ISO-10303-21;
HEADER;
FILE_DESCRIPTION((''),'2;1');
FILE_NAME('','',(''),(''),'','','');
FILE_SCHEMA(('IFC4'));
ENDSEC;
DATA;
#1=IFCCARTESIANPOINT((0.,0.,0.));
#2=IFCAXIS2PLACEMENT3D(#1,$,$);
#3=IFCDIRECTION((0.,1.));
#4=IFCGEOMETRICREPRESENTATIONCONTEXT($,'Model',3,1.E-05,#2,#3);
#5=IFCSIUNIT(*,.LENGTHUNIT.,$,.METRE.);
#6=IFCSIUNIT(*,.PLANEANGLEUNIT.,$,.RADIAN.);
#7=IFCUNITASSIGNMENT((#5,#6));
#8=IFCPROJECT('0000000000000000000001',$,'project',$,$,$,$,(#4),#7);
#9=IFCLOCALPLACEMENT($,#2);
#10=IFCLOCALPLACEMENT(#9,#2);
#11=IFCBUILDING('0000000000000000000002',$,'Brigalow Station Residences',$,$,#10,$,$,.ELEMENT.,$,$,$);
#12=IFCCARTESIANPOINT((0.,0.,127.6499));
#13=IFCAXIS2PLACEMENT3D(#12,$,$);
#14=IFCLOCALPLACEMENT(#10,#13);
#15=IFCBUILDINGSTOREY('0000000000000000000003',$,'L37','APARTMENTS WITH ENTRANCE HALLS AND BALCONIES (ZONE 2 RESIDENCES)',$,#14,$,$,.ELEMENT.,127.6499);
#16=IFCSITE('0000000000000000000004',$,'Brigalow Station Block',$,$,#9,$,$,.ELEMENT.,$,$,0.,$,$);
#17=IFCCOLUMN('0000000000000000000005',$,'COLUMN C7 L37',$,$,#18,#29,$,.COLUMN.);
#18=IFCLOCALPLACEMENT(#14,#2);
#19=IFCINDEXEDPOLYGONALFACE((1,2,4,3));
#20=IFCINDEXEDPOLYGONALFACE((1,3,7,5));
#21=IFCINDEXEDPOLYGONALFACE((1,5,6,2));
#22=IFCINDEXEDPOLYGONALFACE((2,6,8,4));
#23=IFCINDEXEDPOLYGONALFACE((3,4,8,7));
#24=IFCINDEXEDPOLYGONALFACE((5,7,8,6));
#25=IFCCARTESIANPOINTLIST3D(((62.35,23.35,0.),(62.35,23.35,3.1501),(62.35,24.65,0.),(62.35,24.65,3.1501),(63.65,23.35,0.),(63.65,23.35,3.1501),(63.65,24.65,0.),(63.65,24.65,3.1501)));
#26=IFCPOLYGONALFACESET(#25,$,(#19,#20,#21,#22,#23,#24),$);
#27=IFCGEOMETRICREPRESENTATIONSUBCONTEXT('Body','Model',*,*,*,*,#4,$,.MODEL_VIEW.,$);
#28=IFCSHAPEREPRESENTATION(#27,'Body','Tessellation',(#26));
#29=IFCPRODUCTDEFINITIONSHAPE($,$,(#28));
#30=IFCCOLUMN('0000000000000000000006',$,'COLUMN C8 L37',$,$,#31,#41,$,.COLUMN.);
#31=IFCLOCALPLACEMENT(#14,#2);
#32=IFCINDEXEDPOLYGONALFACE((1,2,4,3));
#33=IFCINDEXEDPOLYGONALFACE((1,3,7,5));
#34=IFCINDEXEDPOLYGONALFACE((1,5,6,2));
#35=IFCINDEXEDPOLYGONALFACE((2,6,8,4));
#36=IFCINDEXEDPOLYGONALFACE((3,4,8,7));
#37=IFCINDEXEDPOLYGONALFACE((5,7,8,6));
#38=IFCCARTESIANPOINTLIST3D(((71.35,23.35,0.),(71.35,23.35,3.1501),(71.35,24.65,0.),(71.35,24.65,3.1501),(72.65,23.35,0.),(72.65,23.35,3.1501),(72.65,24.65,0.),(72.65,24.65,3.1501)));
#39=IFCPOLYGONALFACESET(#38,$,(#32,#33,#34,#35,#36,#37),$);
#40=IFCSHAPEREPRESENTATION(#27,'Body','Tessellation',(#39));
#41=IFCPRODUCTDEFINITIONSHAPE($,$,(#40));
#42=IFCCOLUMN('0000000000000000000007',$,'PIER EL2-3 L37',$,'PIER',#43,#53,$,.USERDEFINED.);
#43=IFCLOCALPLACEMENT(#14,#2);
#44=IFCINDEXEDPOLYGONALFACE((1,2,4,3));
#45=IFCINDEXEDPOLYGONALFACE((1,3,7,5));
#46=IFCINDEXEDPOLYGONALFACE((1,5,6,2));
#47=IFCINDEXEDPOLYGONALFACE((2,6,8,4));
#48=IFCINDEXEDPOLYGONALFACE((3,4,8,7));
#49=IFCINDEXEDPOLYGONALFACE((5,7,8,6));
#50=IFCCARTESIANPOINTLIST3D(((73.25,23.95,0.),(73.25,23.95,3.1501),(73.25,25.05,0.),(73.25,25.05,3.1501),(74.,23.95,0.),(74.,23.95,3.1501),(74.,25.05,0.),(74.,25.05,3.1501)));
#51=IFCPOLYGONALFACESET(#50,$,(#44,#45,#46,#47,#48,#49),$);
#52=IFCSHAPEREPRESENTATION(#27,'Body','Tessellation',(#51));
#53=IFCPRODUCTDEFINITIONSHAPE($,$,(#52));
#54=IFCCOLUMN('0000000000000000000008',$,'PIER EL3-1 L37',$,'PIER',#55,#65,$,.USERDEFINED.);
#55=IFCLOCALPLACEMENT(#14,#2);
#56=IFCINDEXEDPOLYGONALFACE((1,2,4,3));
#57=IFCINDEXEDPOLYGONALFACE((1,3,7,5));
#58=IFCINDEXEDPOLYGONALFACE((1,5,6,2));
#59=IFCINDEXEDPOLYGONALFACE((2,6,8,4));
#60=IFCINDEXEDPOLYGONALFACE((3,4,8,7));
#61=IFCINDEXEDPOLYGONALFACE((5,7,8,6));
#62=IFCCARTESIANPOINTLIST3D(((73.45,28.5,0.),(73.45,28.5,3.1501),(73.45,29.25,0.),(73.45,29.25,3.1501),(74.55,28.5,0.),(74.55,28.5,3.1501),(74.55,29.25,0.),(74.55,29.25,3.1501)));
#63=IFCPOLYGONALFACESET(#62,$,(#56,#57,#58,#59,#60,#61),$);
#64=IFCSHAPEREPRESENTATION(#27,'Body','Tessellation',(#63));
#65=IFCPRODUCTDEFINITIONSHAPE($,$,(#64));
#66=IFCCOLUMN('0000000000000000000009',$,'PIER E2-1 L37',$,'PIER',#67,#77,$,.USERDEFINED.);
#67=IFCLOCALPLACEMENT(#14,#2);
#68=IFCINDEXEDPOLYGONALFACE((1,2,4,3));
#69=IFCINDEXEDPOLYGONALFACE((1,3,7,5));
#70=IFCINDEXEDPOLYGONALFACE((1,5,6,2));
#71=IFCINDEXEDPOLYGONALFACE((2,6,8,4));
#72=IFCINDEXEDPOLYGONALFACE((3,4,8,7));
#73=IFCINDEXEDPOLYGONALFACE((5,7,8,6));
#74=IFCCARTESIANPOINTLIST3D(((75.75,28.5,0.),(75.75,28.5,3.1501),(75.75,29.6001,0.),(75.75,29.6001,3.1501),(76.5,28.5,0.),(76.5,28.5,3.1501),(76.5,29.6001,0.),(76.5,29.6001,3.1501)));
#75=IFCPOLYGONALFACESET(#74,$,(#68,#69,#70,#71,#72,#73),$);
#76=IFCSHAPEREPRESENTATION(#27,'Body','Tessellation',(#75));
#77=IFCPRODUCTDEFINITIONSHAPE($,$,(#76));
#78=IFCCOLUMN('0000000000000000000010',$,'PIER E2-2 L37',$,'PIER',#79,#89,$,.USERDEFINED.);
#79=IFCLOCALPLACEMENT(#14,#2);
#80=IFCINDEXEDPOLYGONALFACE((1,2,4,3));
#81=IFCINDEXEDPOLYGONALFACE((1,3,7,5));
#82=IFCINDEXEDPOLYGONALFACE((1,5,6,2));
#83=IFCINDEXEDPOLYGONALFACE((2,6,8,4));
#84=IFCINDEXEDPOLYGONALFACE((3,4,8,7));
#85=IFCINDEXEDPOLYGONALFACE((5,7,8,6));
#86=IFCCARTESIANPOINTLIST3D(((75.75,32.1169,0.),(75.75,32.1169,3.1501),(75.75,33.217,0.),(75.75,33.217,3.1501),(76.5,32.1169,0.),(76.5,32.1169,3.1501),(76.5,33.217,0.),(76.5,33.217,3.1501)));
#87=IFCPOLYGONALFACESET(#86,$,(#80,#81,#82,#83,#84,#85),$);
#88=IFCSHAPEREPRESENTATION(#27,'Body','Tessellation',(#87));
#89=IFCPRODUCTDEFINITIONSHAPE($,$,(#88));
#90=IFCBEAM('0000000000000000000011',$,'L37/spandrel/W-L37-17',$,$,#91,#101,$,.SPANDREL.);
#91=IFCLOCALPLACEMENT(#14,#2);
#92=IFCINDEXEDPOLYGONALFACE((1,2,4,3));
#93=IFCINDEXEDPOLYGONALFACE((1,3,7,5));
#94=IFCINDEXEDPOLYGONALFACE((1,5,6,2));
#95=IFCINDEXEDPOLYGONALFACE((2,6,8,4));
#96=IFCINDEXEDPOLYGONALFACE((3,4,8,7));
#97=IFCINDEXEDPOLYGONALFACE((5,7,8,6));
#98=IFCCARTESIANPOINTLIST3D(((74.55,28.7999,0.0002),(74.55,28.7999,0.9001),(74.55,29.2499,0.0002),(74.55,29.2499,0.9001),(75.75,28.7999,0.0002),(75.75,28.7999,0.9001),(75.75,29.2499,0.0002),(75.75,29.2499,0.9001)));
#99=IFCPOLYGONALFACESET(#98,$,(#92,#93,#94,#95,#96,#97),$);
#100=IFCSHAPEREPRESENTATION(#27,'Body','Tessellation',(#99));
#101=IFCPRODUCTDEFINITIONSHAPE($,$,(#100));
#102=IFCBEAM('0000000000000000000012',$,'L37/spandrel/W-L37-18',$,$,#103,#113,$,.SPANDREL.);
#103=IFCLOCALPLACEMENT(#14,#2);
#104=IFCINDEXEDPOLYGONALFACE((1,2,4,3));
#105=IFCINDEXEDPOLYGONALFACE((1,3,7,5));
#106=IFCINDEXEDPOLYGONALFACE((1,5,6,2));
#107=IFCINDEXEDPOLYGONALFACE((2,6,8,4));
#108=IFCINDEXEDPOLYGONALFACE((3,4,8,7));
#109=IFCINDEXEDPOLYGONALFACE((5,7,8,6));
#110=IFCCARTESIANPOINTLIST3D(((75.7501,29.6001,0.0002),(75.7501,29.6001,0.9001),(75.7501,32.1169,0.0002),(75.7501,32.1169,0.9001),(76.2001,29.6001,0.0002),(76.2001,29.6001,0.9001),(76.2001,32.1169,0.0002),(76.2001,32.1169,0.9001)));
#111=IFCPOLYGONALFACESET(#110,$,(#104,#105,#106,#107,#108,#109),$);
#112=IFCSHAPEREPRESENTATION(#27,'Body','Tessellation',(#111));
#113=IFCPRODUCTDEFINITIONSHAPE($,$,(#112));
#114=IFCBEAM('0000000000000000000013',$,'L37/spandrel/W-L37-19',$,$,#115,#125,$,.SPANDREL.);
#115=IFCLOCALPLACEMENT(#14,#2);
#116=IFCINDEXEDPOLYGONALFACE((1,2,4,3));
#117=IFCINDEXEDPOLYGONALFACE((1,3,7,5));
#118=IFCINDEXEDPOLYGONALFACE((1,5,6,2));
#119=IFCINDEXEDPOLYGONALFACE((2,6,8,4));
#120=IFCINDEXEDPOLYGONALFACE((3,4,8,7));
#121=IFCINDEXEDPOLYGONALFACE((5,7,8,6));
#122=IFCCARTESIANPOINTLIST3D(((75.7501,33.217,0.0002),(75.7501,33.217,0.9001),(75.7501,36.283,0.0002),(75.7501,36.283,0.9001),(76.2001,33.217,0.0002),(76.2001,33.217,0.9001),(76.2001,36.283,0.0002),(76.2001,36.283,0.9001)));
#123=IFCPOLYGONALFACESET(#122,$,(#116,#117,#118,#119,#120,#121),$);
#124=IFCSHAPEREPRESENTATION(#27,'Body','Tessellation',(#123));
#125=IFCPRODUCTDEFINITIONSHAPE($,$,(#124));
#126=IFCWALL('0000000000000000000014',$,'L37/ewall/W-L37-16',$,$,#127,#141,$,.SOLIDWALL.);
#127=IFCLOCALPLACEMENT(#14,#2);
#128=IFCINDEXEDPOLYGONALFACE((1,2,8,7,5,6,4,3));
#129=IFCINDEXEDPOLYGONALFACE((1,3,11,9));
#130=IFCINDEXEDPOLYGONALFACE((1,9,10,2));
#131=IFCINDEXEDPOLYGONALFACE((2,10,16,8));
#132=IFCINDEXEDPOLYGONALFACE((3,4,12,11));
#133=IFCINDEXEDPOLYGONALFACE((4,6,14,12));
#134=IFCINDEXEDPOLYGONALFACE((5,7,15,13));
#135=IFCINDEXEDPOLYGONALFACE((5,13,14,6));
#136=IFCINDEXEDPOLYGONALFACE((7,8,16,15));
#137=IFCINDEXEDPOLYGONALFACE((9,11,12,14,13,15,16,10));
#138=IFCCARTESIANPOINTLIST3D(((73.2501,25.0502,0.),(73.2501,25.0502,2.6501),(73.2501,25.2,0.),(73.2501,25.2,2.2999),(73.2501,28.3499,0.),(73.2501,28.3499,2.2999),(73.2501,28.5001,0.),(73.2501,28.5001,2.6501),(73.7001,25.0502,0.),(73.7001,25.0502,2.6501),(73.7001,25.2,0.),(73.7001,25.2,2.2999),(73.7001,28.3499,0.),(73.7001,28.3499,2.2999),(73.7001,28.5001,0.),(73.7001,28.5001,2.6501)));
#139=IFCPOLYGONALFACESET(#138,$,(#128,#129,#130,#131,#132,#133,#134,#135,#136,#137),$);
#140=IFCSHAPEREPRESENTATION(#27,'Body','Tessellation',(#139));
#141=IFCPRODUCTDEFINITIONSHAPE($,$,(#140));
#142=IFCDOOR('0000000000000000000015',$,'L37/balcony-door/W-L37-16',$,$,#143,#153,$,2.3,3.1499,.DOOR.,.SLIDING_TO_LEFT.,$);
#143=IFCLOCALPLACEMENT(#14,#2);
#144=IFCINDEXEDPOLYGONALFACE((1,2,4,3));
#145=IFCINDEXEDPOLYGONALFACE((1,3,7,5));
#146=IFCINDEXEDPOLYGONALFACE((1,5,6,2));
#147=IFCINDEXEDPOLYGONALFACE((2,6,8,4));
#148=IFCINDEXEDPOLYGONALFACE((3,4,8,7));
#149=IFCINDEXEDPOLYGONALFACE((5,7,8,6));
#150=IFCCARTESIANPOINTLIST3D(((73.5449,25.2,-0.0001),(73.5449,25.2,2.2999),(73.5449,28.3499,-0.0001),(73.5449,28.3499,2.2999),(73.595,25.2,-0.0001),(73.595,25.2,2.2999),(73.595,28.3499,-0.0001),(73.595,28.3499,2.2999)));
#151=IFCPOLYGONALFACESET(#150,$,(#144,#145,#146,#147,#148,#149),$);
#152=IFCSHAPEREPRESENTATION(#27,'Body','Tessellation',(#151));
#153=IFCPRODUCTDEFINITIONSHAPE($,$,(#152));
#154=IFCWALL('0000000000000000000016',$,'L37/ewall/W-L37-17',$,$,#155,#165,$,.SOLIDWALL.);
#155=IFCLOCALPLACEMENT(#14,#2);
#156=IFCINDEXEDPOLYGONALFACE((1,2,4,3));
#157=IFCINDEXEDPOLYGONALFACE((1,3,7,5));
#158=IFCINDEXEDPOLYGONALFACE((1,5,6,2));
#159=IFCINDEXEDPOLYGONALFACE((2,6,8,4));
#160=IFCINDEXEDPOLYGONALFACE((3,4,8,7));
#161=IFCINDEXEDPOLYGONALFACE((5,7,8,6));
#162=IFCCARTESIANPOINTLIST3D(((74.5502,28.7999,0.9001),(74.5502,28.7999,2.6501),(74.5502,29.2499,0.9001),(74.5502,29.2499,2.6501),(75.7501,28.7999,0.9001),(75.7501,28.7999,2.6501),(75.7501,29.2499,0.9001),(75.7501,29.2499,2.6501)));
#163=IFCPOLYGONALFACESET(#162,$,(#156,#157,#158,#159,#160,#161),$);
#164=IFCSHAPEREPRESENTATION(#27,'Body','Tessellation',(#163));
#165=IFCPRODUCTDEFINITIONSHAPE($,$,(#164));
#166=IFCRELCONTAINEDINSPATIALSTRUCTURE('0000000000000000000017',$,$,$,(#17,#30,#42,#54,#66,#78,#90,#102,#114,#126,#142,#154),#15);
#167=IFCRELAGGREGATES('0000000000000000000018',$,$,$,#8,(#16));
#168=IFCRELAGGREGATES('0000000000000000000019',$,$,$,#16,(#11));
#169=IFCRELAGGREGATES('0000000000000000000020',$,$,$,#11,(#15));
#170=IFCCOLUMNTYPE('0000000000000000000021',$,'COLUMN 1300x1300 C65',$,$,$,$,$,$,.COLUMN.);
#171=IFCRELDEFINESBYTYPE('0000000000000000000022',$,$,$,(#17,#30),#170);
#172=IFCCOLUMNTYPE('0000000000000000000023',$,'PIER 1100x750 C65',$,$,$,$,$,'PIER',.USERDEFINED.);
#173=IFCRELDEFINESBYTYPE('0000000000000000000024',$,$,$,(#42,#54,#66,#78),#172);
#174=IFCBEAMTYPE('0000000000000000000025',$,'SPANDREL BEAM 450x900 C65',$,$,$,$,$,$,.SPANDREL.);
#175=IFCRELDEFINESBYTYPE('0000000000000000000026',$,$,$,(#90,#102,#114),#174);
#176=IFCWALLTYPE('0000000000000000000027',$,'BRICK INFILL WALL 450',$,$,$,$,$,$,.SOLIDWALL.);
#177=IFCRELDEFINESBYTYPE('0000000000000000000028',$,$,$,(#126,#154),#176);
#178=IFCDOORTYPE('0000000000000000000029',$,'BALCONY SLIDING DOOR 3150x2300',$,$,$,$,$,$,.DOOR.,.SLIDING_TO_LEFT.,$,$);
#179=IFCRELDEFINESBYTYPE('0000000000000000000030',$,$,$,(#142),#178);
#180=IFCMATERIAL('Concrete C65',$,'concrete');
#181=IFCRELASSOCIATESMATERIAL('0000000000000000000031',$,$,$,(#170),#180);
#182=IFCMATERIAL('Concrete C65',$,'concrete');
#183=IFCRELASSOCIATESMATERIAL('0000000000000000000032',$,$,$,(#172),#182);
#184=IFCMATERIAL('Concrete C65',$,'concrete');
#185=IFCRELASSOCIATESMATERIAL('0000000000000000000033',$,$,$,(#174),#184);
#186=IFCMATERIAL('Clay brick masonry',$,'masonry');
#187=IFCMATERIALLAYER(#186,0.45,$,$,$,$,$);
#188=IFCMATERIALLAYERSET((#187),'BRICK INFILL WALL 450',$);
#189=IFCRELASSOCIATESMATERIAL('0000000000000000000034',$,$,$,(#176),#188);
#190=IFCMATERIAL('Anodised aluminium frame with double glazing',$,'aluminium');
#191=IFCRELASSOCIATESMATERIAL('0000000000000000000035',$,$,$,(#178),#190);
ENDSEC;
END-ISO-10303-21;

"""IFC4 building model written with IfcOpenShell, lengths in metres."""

from ifc_helpers import new_model, si_unit, direction, frame, frame_2d, origin, origin_2d, place, context, subcontext, project, spatial, rectangle, extrude, material, layer, layer_set, material_profile, profile_set, type_object, element, fill, save


model = new_model("IFC4")

# Units and contexts
model_context = context("Model", 3, precision=1e-05, world=origin(), true_north=direction((0.0, 1.0)))
body_context = subcontext(model_context, "Body", "Model", "MODEL_VIEW")
ifc_project = project(units=[si_unit("LENGTHUNIT", "METRE"), si_unit("PLANEANGLEUNIT", "RADIAN")], contexts=[model_context])

# Site, building, storey
site_placement = place(None, origin())
site = spatial("IfcSite", under=ifc_project, at=site_placement, Name="Brigalow Station Block", CompositionType="ELEMENT", RefElevation=0.0)
building_placement = place(site_placement, origin())
building = spatial("IfcBuilding", under=site, at=building_placement, Name="Brigalow Station Residences", CompositionType="ELEMENT")
storey_placement = place(building_placement, frame((0.0, 0.0, 127.6499)))
storey = spatial("IfcBuildingStorey", under=building, at=storey_placement, Name="L37", Description="APARTMENTS WITH ENTRANCE HALLS AND BALCONIES (ZONE 2 RESIDENCES)", CompositionType="ELEMENT", Elevation=127.6499)

# Columns
ifc_material_1 = material(Name="Concrete C65", Category="concrete")
ifc_material_profile_1 = material_profile(ifc_material_1, rectangle(XDim=1.3, YDim=1.3, at=origin_2d()), Name="RC1300x1300")
ifc_profile_set_1 = profile_set([ifc_material_profile_1], Name="Concrete C65")
column_type_1 = type_object("IfcColumnType", Name="COLUMN 1300x1300 C65", PredefinedType="COLUMN", material=ifc_profile_set_1)
for number, where, z_axis, x_axis, name in (
    (1, (63.0, 24.0, 0.0), (0.0, 0.0, 1.0), (1.0, 0.0, 0.0), "COLUMN C7 L37"),
    (2, (72.0, 24.0, 0.0), (0.0, 0.0, 1.0), (1.0, 0.0, 0.0), "COLUMN C8 L37"),
):
    element("IfcColumn", number, at=place(storey_placement, frame(where, z_axis=z_axis, x_axis=x_axis)), inside=storey, type_object=column_type_1, Name=name, PredefinedType="COLUMN", context=body_context, shape_type="SweptSolid", body=[
        extrude(rectangle(XDim=1.3, YDim=1.3, at=origin_2d()), origin(), (0.0, 0.0, 1.0), 3.1501),
    ])
ifc_material_2 = material(Name="Concrete C65", Category="concrete")
ifc_material_profile_2 = material_profile(ifc_material_2, rectangle(XDim=1.1001, YDim=0.75, at=origin_2d()), Name="RC1100x750")
ifc_profile_set_2 = profile_set([ifc_material_profile_2], Name="Concrete C65")
column_type_2 = type_object("IfcColumnType", Name="PIER 1100x750 C65", ElementType="PIER", PredefinedType="USERDEFINED", material=ifc_profile_set_2)
for number, where, z_axis, x_axis, name in (
    (3, (73.625, 24.5, 0.0), (0.0, 0.0, 1.0), (0.0, 1.0, 0.0), "PIER EL2-3 L37"),
    (4, (74.0, 28.875, 0.0), (0.0, 0.0, 1.0), (1.0, 0.0, 0.0), "PIER EL3-1 L37"),
    (5, (76.125, 29.05, 0.0), (0.0, 0.0, 1.0), (0.0, 1.0, 0.0), "PIER E2-1 L37"),
    (6, (76.125, 32.667, 0.0), (0.0, 0.0, 1.0), (0.0, 1.0, 0.0), "PIER E2-2 L37"),
):
    element("IfcColumn", number, at=place(storey_placement, frame(where, z_axis=z_axis, x_axis=x_axis)), inside=storey, type_object=column_type_2, Name=name, ObjectType="PIER", PredefinedType="USERDEFINED", context=body_context, shape_type="SweptSolid", body=[
        extrude(rectangle(XDim=1.1001, YDim=0.75, at=origin_2d()), origin(), (0.0, 0.0, 1.0), 3.1501),
    ])

# Beams
ifc_material_3 = material(Name="Concrete C65", Category="concrete")
ifc_material_profile_3 = material_profile(ifc_material_3, rectangle(XDim=0.45, YDim=0.8999, at=origin_2d()), Name="RC450x900")
ifc_profile_set_3 = profile_set([ifc_material_profile_3], Name="Concrete C65")
beam_type = type_object("IfcBeamType", Name="SPANDREL BEAM 450x900 C65", PredefinedType="SPANDREL", material=ifc_profile_set_3)
beam_1_placement = place(storey_placement, frame((74.55, 29.0249, 0.4502), z_axis=(1.0, 0.0, 0.0), x_axis=(0.0, 1.0, 0.0)))
element("IfcBeam", 7, at=beam_1_placement, inside=storey, type_object=beam_type, Name="L37/spandrel/W-L37-17", PredefinedType="SPANDREL", context=body_context, shape_type="SweptSolid", body=[
    extrude(rectangle(XDim=0.45, YDim=0.8999, at=origin_2d()), origin(), (0.0, 0.0, 1.0), 1.2),
])
beam_2_placement = place(storey_placement, frame((75.9751, 29.6001, 0.4502), z_axis=(0.0, 1.0, 0.0), x_axis=(-1.0, 0.0, 0.0)))
element("IfcBeam", 8, at=beam_2_placement, inside=storey, type_object=beam_type, Name="L37/spandrel/W-L37-18", PredefinedType="SPANDREL", context=body_context, shape_type="SweptSolid", body=[
    extrude(rectangle(XDim=0.45, YDim=0.8999, at=origin_2d()), origin(), (0.0, 0.0, 1.0), 2.5168),
])
beam_3_placement = place(storey_placement, frame((75.9751, 33.217, 0.4502), z_axis=(0.0, 1.0, 0.0), x_axis=(-1.0, 0.0, 0.0)))
element("IfcBeam", 9, at=beam_3_placement, inside=storey, type_object=beam_type, Name="L37/spandrel/W-L37-19", PredefinedType="SPANDREL", context=body_context, shape_type="SweptSolid", body=[
    extrude(rectangle(XDim=0.45, YDim=0.8999, at=origin_2d()), origin(), (0.0, 0.0, 1.0), 3.0659),
])

# Wall, opening, door
ifc_material_4 = material(Name="Clay brick masonry", Category="masonry")
ifc_layer_1 = layer(ifc_material_4, 0.45)
ifc_layer_set_1 = layer_set([ifc_layer_1], Name="BRICK INFILL WALL 450")
wall_type_1 = type_object("IfcWallType", Name="BRICK INFILL WALL 450", PredefinedType="SOLIDWALL", material=ifc_layer_set_1)
wall_1_placement = place(storey_placement, frame((73.4751, 25.05, 0.0), z_axis=(0.0, 0.0, 1.0), x_axis=(0.0, 1.0, 0.0)))
wall_1 = element("IfcWall", 10, at=wall_1_placement, inside=storey, type_object=wall_type_1, Name="L37/ewall/W-L37-16", PredefinedType="SOLIDWALL", context=body_context, shape_type="SweptSolid", body=[
    extrude(rectangle(XDim=3.45, YDim=0.45, at=frame_2d((1.7251, 0.0))), origin(), (0.0, 0.0, 1.0), 2.6501),
])
opening_1_placement = place(wall_1_placement, frame((0.1499, 0.0, 0.0)))
opening_1 = element("IfcOpeningElement", 11, at=opening_1_placement, cuts=wall_1, PredefinedType="OPENING", context=body_context, shape_type="SweptSolid", body=[
    extrude(rectangle(XDim=3.1499, YDim=2.3, at=frame_2d((1.575, 1.1499))), frame((0.0, 0.2349, 0.0), z_axis=(0.0, -1.0, 0.0), x_axis=(1.0, 0.0, 0.0)), (0.0, 0.0, 1.0), 0.47),
])
ifc_material_5 = material(Name="Anodised aluminium frame with double glazing", Category="aluminium")
door_type_1 = type_object("IfcDoorType", Name="BALCONY SLIDING DOOR 3150x2300", OperationType="SLIDING_TO_LEFT", PredefinedType="DOOR", material=ifc_material_5)
door_1_placement = place(opening_1_placement, origin())
door_1 = element("IfcDoor", 12, at=door_1_placement, inside=storey, type_object=door_type_1, Name="L37/balcony-door/W-L37-16", OperationType="SLIDING_TO_LEFT", OverallHeight=2.3, OverallWidth=3.1499, PredefinedType="DOOR", context=body_context, shape_type="SweptSolid", body=[
    extrude(rectangle(XDim=3.1499, YDim=2.3, at=frame_2d((1.575, 1.1499))), frame((0.0, -0.0698, 0.0), z_axis=(0.0, -1.0, 0.0), x_axis=(1.0, 0.0, 0.0)), (0.0, 0.0, 1.0), 0.05),
])
fill(opening_1, door_1)

# Wall
wall_2_placement = place(storey_placement, frame((74.55, 29.0249, 0.9001), z_axis=(0.0, 0.0, 1.0), x_axis=(1.0, 0.0, 0.0)))
element("IfcWall", 13, at=wall_2_placement, inside=storey, type_object=wall_type_1, Name="L37/ewall/W-L37-17", PredefinedType="SOLIDWALL", context=body_context, shape_type="SweptSolid", body=[
    extrude(rectangle(XDim=1.2, YDim=0.45, at=frame_2d((0.6001, 0.0))), origin(), (0.0, 0.0, 1.0), 1.75),
])

save(model, "model.ifc")
